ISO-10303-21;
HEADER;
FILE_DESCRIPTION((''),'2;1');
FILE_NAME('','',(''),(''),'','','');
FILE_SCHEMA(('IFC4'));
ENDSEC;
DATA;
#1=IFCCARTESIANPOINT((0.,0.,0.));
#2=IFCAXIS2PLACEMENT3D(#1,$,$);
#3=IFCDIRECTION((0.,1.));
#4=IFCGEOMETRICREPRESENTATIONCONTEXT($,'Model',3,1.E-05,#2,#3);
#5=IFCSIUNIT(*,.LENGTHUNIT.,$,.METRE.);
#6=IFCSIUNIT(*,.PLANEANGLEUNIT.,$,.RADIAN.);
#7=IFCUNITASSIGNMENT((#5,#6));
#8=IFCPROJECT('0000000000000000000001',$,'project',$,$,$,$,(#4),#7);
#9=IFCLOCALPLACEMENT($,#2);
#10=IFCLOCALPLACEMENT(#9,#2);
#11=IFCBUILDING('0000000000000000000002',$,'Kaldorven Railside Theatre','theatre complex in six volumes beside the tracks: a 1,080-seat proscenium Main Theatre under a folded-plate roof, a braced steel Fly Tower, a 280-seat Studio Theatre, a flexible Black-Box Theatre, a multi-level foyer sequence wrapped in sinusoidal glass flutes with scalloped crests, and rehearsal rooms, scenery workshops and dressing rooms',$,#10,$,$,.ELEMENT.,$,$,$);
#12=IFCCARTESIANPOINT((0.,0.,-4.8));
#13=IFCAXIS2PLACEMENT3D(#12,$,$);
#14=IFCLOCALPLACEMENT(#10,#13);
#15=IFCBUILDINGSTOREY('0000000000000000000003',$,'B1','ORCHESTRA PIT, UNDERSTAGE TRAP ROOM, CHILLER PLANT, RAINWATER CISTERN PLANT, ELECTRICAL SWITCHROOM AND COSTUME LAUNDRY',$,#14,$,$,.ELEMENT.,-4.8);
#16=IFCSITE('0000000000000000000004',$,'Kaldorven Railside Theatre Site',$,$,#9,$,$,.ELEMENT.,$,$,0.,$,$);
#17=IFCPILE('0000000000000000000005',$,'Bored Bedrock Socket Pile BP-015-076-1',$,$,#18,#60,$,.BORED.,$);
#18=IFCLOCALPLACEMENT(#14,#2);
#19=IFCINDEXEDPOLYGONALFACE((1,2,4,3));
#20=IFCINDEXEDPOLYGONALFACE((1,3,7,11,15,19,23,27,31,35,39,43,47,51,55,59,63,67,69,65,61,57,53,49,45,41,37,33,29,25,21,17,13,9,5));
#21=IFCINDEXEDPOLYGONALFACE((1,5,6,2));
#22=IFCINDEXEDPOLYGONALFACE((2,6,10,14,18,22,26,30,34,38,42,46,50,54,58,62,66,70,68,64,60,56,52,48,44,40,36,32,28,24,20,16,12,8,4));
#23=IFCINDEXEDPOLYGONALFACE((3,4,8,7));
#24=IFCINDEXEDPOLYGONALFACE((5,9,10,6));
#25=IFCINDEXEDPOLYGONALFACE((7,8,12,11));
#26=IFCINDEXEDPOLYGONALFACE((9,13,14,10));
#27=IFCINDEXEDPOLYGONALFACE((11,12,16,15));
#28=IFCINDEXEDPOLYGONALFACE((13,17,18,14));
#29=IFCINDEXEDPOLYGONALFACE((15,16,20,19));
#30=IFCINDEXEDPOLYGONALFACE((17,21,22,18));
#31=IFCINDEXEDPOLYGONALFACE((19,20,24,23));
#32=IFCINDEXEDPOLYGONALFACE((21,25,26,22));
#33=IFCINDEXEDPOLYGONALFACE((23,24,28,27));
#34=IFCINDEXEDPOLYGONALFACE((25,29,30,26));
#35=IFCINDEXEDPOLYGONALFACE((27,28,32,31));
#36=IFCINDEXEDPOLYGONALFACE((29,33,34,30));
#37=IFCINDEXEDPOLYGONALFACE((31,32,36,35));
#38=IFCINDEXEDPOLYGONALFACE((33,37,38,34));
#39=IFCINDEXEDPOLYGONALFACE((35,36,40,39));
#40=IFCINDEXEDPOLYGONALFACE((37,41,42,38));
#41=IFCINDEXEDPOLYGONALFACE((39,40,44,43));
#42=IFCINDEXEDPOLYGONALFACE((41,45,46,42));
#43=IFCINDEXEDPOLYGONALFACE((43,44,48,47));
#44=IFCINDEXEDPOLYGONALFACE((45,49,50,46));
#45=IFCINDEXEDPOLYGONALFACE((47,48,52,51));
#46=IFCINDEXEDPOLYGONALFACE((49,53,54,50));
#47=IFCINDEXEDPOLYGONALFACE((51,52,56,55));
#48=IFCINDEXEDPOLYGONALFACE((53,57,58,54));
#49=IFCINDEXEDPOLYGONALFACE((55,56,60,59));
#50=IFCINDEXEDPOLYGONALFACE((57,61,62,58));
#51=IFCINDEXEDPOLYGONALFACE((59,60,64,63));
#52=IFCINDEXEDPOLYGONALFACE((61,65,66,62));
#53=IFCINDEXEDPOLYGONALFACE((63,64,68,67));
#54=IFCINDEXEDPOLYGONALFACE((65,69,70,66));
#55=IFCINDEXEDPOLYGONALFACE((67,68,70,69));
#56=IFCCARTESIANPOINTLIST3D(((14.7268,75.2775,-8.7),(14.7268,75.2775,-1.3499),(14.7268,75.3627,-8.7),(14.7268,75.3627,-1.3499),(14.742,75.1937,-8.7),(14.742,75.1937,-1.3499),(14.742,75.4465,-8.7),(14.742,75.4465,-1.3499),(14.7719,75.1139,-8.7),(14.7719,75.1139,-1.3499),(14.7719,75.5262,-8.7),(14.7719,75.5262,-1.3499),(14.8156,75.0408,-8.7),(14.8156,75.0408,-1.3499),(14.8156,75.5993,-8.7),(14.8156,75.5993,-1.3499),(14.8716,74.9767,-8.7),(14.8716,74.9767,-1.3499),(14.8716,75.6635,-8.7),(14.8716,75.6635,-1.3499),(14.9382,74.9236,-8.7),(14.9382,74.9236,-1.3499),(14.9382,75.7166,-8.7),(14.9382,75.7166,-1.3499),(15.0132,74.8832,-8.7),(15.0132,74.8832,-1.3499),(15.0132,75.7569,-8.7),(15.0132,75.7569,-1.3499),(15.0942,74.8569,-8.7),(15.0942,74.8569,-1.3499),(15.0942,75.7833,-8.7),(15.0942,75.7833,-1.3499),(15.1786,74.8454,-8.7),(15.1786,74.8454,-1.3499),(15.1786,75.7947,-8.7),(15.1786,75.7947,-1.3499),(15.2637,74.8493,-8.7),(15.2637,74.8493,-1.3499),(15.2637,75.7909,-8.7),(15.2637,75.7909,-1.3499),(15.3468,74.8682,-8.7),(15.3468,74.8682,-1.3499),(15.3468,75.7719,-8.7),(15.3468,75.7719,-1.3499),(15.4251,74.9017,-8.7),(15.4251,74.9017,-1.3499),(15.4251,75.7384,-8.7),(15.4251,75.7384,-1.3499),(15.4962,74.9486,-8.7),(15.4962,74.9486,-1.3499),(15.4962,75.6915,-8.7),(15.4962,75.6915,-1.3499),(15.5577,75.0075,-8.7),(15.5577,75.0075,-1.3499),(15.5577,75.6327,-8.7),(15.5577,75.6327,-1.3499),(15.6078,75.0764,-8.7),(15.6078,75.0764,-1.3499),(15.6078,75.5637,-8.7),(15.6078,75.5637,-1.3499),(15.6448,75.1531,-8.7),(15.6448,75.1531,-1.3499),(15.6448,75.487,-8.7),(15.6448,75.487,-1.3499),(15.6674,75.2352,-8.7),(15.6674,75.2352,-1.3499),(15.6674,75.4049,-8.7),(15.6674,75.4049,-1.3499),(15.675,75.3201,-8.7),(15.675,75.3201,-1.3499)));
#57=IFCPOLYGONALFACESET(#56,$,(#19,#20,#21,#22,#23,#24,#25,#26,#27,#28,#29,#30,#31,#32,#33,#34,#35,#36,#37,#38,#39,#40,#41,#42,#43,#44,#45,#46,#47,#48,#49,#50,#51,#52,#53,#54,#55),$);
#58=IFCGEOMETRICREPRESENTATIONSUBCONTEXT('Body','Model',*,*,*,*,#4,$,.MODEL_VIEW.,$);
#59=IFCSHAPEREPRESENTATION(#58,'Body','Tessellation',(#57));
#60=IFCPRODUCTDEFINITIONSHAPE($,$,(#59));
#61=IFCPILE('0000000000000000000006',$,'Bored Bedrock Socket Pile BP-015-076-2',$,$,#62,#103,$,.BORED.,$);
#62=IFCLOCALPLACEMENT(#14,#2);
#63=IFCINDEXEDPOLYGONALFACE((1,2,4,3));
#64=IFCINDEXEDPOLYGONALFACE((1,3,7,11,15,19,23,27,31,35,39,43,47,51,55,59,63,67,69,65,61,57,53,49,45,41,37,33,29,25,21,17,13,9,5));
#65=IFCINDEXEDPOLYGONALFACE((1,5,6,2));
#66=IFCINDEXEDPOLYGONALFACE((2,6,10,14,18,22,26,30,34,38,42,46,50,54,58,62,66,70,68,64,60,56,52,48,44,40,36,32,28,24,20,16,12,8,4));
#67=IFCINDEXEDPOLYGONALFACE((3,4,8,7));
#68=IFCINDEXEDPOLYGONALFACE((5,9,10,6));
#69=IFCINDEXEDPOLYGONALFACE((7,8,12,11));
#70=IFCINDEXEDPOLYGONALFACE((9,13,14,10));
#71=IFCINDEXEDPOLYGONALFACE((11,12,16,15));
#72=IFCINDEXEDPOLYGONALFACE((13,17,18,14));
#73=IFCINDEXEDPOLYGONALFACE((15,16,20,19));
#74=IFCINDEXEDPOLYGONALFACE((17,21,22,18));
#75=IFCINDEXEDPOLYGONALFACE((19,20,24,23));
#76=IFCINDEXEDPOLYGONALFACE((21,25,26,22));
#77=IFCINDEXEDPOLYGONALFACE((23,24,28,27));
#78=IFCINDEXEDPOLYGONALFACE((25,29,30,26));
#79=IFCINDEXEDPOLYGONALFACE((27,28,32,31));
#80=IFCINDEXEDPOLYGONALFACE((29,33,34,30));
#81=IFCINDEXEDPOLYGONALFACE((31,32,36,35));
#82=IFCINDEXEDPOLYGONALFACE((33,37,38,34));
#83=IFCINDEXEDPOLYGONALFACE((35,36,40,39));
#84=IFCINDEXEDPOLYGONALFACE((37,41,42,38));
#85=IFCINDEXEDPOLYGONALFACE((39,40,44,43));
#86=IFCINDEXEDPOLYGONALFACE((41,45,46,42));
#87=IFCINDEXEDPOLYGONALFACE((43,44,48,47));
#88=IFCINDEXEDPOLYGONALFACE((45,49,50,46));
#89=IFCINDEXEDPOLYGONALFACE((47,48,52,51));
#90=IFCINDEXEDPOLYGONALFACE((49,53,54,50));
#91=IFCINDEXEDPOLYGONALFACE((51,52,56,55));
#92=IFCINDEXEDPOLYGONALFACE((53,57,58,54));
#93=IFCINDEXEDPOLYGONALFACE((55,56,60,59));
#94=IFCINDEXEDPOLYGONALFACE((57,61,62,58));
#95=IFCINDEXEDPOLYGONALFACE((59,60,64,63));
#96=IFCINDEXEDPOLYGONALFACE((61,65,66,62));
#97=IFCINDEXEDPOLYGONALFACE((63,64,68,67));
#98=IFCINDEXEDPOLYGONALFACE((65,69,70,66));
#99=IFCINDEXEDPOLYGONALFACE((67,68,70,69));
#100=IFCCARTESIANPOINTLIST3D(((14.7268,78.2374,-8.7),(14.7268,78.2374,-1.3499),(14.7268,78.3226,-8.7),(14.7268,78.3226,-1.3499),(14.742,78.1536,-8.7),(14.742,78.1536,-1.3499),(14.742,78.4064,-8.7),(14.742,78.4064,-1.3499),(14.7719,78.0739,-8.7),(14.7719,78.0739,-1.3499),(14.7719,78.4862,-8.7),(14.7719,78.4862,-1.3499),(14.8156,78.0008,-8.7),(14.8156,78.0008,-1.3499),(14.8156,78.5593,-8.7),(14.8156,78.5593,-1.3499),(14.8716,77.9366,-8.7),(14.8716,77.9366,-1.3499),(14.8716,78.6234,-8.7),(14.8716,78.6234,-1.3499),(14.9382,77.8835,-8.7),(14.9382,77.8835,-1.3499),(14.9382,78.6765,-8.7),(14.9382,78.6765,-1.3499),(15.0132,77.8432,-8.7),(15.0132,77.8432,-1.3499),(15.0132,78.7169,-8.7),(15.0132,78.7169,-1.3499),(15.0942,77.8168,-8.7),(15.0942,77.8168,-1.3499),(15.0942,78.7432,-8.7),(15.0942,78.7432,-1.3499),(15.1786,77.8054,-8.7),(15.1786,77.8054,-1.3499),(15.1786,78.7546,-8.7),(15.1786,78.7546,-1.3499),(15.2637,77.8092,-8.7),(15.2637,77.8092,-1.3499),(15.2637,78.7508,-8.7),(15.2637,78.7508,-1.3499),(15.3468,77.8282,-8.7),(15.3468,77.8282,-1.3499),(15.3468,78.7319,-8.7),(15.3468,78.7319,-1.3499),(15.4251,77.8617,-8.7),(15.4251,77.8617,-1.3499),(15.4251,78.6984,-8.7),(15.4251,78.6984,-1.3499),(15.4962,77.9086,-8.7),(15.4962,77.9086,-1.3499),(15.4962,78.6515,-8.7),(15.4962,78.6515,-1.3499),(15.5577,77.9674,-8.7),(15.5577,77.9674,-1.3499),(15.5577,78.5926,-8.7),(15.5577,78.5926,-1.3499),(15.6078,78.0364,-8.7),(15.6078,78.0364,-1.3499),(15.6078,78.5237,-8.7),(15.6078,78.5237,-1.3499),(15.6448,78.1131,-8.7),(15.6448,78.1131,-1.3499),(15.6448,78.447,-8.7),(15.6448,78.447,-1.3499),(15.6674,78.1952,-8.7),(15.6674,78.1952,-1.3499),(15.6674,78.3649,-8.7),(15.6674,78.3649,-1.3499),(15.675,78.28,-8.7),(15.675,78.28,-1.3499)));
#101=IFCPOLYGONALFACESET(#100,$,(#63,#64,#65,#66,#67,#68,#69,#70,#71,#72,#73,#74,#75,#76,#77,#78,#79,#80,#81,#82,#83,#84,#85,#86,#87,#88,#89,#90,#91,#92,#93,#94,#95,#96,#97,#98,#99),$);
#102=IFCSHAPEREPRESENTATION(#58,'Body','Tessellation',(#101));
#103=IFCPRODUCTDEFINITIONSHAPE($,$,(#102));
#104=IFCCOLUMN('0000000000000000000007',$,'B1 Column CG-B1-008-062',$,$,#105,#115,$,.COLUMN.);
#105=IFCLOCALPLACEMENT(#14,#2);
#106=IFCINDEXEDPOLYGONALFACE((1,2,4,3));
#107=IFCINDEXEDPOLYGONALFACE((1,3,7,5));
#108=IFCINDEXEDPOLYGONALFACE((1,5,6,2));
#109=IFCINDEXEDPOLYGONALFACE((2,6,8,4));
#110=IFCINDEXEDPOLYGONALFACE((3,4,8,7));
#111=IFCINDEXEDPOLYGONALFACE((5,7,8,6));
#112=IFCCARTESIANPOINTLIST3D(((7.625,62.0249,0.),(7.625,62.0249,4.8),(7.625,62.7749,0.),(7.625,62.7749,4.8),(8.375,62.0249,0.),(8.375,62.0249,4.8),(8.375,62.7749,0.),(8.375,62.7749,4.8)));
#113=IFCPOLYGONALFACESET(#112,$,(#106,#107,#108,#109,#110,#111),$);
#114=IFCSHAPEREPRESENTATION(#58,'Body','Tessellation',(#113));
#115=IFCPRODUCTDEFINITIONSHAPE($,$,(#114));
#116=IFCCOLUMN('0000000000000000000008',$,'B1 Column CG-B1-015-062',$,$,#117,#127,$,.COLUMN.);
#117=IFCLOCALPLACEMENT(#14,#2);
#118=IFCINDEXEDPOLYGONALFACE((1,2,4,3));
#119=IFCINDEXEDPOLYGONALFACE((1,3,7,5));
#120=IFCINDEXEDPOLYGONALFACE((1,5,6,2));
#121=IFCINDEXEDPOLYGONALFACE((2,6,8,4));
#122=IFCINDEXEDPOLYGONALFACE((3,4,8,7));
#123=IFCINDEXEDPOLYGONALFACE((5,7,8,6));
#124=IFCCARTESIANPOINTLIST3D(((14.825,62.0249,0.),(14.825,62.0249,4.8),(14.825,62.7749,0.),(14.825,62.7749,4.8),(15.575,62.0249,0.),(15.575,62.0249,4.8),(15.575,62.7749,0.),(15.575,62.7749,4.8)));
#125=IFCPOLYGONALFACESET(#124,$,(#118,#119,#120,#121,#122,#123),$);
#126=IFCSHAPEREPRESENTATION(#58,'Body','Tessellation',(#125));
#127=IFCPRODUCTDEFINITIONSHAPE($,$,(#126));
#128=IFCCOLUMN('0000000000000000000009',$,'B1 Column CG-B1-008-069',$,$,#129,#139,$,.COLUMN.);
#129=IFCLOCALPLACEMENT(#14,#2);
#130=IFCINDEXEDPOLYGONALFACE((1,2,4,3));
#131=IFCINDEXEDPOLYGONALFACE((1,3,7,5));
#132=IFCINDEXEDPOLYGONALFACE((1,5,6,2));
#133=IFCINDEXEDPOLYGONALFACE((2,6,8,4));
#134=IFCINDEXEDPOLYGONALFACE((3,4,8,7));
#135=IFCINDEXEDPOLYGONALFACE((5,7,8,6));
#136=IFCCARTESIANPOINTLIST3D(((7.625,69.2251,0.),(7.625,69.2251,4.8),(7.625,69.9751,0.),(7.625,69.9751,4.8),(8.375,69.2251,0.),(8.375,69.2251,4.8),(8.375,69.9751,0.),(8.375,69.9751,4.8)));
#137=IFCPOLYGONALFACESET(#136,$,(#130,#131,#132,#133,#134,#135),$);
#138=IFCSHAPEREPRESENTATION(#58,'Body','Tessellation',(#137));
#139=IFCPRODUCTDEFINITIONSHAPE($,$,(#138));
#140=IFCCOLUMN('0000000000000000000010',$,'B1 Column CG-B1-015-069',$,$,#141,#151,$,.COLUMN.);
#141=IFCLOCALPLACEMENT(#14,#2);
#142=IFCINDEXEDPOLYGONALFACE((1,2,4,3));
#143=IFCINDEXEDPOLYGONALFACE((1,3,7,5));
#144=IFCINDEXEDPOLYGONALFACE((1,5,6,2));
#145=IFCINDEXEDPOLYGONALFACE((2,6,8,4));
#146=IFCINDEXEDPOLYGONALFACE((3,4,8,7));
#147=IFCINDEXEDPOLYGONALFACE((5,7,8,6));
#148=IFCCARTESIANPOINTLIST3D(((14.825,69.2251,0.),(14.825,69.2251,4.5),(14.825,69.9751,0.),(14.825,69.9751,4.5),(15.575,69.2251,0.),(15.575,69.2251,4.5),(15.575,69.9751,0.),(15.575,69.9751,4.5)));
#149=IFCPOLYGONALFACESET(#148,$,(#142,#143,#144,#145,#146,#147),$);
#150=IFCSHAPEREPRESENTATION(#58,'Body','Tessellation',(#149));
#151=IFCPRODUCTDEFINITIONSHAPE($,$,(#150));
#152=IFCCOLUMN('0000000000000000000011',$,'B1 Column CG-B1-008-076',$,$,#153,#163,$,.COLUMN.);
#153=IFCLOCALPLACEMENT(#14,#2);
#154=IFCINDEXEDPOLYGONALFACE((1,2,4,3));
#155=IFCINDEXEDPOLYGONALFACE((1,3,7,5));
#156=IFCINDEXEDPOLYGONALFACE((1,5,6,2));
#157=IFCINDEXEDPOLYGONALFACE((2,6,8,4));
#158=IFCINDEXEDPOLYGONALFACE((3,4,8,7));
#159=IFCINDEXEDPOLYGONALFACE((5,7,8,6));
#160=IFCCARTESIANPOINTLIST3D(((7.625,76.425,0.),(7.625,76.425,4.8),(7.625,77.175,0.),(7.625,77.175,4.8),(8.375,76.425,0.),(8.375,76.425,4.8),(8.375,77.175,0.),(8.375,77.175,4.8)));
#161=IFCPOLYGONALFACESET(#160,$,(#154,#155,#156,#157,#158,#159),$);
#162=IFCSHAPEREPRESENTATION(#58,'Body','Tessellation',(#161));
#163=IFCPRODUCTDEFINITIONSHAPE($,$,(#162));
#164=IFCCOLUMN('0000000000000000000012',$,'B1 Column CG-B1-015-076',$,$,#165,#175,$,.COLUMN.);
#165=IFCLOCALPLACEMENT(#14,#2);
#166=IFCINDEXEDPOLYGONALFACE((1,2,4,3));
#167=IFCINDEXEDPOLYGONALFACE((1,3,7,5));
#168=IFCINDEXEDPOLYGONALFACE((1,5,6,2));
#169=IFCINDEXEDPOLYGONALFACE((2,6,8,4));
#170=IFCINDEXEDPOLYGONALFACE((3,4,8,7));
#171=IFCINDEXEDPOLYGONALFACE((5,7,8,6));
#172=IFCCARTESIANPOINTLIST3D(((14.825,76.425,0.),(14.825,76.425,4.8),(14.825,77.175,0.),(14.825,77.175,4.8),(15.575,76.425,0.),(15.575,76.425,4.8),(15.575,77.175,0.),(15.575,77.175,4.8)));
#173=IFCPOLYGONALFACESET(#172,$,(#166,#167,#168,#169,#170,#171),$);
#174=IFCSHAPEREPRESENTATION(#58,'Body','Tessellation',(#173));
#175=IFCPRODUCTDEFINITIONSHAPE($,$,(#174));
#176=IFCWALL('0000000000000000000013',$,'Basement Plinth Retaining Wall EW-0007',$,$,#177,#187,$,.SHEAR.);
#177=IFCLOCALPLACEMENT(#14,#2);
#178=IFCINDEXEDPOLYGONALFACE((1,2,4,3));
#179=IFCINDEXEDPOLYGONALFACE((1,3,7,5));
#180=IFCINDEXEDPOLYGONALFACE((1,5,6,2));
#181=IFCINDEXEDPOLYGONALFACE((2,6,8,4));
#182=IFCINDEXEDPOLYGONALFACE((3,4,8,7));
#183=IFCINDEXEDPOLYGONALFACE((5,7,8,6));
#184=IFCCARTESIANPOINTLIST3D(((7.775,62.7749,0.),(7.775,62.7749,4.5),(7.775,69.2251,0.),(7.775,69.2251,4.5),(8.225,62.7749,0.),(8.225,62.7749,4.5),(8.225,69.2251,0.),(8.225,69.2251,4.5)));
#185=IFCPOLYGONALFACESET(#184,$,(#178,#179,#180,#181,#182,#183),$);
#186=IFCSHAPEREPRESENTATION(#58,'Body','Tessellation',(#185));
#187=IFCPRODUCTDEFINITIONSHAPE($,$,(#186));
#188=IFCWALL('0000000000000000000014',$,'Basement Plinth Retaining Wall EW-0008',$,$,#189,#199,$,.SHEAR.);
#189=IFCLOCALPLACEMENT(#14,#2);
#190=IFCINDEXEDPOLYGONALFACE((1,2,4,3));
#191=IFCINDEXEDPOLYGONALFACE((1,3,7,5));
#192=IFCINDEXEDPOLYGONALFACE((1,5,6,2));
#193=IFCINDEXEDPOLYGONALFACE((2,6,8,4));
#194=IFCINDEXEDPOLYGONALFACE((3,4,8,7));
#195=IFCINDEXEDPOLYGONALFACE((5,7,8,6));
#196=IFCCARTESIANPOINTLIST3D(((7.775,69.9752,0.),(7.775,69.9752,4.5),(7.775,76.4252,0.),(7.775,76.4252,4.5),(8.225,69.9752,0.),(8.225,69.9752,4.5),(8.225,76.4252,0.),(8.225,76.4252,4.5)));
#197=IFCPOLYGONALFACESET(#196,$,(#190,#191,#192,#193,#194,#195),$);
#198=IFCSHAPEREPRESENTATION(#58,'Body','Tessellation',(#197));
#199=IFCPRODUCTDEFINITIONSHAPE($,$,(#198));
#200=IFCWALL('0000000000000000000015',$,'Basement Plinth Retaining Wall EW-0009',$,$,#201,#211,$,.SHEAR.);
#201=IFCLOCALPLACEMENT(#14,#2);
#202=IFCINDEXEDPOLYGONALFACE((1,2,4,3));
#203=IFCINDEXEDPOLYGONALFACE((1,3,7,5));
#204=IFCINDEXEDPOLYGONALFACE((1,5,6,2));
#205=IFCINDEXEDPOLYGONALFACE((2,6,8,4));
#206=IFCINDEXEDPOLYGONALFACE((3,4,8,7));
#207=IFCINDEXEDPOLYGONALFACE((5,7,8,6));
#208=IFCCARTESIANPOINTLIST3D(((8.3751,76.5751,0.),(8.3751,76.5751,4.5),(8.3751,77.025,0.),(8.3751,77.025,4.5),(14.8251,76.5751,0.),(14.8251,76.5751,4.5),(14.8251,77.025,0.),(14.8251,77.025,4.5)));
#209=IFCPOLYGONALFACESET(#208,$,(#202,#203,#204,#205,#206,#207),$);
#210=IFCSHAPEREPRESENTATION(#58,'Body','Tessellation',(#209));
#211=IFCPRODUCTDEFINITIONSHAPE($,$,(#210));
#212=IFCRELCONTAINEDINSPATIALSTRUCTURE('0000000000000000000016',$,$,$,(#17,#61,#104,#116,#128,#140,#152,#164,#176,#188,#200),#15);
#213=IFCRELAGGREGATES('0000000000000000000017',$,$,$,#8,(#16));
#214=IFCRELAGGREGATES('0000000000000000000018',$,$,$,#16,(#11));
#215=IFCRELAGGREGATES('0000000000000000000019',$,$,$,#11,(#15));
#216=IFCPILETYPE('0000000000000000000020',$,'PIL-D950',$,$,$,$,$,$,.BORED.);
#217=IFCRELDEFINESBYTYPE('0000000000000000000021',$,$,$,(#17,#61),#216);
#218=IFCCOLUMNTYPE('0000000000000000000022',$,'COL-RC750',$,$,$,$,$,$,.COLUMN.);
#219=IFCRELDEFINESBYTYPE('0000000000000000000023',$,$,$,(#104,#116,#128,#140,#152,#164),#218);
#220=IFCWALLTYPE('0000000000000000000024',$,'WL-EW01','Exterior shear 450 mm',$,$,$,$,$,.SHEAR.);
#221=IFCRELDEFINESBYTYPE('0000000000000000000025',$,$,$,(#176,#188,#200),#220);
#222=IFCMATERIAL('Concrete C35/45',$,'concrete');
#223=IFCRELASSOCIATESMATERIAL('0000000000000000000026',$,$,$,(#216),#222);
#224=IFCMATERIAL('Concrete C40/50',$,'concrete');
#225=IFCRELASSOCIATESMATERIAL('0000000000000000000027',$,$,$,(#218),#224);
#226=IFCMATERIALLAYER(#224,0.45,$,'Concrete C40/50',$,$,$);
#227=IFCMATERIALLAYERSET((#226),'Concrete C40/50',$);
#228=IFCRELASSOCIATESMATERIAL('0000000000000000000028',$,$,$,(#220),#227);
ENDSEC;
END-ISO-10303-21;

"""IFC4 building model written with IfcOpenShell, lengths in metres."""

from ifc_helpers import new_model, si_unit, direction, frame, frame_2d, origin, origin_2d, place, context, subcontext, project, spatial, rectangle, circle, extrude, material, layer, layer_set, material_profile, profile_set, type_object, element, save


model = new_model("IFC4")

# Units and contexts
model_context = context("Model", 3, precision=1e-05, world=origin(), true_north=direction((0.0, 1.0)))
body_context = subcontext(model_context, "Body", "Model", "MODEL_VIEW")
ifc_project = project(units=[si_unit("LENGTHUNIT", "METRE"), si_unit("PLANEANGLEUNIT", "RADIAN")], contexts=[model_context])

# Site, building, storey
site_placement = place(None, origin())
site = spatial("IfcSite", under=ifc_project, at=site_placement, Name="Kaldorven Railside Theatre Site", CompositionType="ELEMENT", RefElevation=0.0)
building_placement = place(site_placement, origin())
building = spatial("IfcBuilding", under=site, at=building_placement, Name="Kaldorven Railside Theatre", Description="theatre complex in six volumes beside the tracks: a 1,080-seat proscenium Main Theatre under a folded-plate roof, a braced steel Fly Tower, a 280-seat Studio Theatre, a flexible Black-Box Theatre, a multi-level foyer sequence wrapped in sinusoidal glass flutes with scalloped crests, and rehearsal rooms, scenery workshops and dressing rooms", CompositionType="ELEMENT")
storey_placement = place(building_placement, frame((0.0, 0.0, -4.8)))
storey = spatial("IfcBuildingStorey", under=building, at=storey_placement, Name="B1", Description="ORCHESTRA PIT, UNDERSTAGE TRAP ROOM, CHILLER PLANT, RAINWATER CISTERN PLANT, ELECTRICAL SWITCHROOM AND COSTUME LAUNDRY", CompositionType="ELEMENT", Elevation=-4.8)

# Shared definitions
ifc_material_1 = material(Name="Concrete C40/50", Category="concrete")

# Piles
ifc_material_2 = material(Name="Concrete C35/45", Category="concrete")
ifc_material_profile_1 = material_profile(ifc_material_2, circle(Radius=0.4751, at=origin_2d()), Name="BP D950")
ifc_profile_set_1 = profile_set([ifc_material_profile_1], Name="Concrete C35/45")
pile_type_1 = type_object("IfcPileType", Name="PIL-D950", PredefinedType="BORED", material=ifc_profile_set_1)
for number, where, z_axis, x_axis, name in (
    (1, (15.2, 75.3201, -1.3499), (0.0, 0.0, -1.0), (1.0, 0.0, 0.0), "Bored Bedrock Socket Pile BP-015-076-1"),
    (2, (15.2, 78.28, -1.3499), (0.0, 0.0, -1.0), (1.0, 0.0, 0.0), "Bored Bedrock Socket Pile BP-015-076-2"),
):
    element("IfcPile", number, at=place(storey_placement, frame(where, z_axis=z_axis, x_axis=x_axis)), inside=storey, type_object=pile_type_1, Name=name, PredefinedType="BORED", context=body_context, shape_type="SweptSolid", body=[
        extrude(circle(Radius=0.4751, at=origin_2d()), origin(), (0.0, 0.0, 1.0), 7.3501),
    ])

# Columns
ifc_material_profile_2 = material_profile(ifc_material_1, rectangle(XDim=0.75, YDim=0.75, at=origin_2d()), Name="RC 750x750")
ifc_profile_set_2 = profile_set([ifc_material_profile_2], Name="Concrete C40/50")
column_type = type_object("IfcColumnType", Name="COL-RC750", PredefinedType="COLUMN", material=ifc_profile_set_2)
for number, where, z_axis, x_axis, name in (
    (3, (8.0, 62.3999, 0.0), (0.0, 0.0, 1.0), (1.0, 0.0, 0.0), "B1 Column CG-B1-008-062"),
    (4, (15.2, 62.3999, 0.0), (0.0, 0.0, 1.0), (0.0, 1.0, 0.0), "B1 Column CG-B1-015-062"),
    (5, (8.0, 69.6001, 0.0), (0.0, 0.0, 1.0), (0.0, 1.0, 0.0), "B1 Column CG-B1-008-069"),
):
    element("IfcColumn", number, at=place(storey_placement, frame(where, z_axis=z_axis, x_axis=x_axis)), inside=storey, type_object=column_type, Name=name, PredefinedType="COLUMN", context=body_context, shape_type="SweptSolid", body=[
        extrude(rectangle(XDim=0.75, YDim=0.75, at=origin_2d()), origin(), (0.0, 0.0, 1.0), 4.8),
    ])
column_placement = place(storey_placement, frame((15.2, 69.6001, 0.0), z_axis=(0.0, 0.0, 1.0), x_axis=(1.0, 0.0, 0.0)))
element("IfcColumn", 6, at=column_placement, inside=storey, type_object=column_type, Name="B1 Column CG-B1-015-069", PredefinedType="COLUMN", context=body_context, shape_type="SweptSolid", body=[
    extrude(rectangle(XDim=0.75, YDim=0.75, at=origin_2d()), origin(), (0.0, 0.0, 1.0), 4.5),
])
for number, where, z_axis, x_axis, name in (
    (7, (8.0, 76.8, 0.0), (0.0, 0.0, 1.0), (1.0, 0.0, 0.0), "B1 Column CG-B1-008-076"),
    (8, (15.2, 76.8, 0.0), (0.0, 0.0, 1.0), (1.0, 0.0, 0.0), "B1 Column CG-B1-015-076"),
):
    element("IfcColumn", number, at=place(storey_placement, frame(where, z_axis=z_axis, x_axis=x_axis)), inside=storey, type_object=column_type, Name=name, PredefinedType="COLUMN", context=body_context, shape_type="SweptSolid", body=[
        extrude(rectangle(XDim=0.75, YDim=0.75, at=origin_2d()), origin(), (0.0, 0.0, 1.0), 4.8),
    ])

# Walls
ifc_layer = layer(ifc_material_1, 0.45, Name="Concrete C40/50")
ifc_layer_set = layer_set([ifc_layer], Name="Concrete C40/50")
wall_type = type_object("IfcWallType", Name="WL-EW01", Description="Exterior shear 450 mm", PredefinedType="SHEAR", material=ifc_layer_set)
wall_placement = place(storey_placement, frame((8.0, 62.7749, 0.0), z_axis=(0.0, 0.0, 1.0), x_axis=(0.0, 1.0, 0.0)))
element("IfcWall", 9, at=wall_placement, inside=storey, type_object=wall_type, Name="Basement Plinth Retaining Wall EW-0007", PredefinedType="SHEAR", context=body_context, shape_type="SweptSolid", body=[
    extrude(rectangle(XDim=6.4502, YDim=0.45, at=frame_2d((3.2251, 0.0))), origin(), (0.0, 0.0, 1.0), 4.5),
])
for number, where, z_axis, x_axis, name in (
    (10, (8.0, 69.9751, 0.0), (0.0, 0.0, 1.0), (0.0, 1.0, 0.0), "Basement Plinth Retaining Wall EW-0008"),
    (11, (8.375, 76.8, 0.0), (0.0, 0.0, 1.0), (1.0, 0.0, 0.0), "Basement Plinth Retaining Wall EW-0009"),
):
    element("IfcWall", number, at=place(storey_placement, frame(where, z_axis=z_axis, x_axis=x_axis)), inside=storey, type_object=wall_type, Name=name, PredefinedType="SHEAR", context=body_context, shape_type="SweptSolid", body=[
        extrude(rectangle(XDim=6.45, YDim=0.45, at=frame_2d((3.2251, 0.0))), origin(), (0.0, 0.0, 1.0), 4.5),
    ])

save(model, "model.ifc")
